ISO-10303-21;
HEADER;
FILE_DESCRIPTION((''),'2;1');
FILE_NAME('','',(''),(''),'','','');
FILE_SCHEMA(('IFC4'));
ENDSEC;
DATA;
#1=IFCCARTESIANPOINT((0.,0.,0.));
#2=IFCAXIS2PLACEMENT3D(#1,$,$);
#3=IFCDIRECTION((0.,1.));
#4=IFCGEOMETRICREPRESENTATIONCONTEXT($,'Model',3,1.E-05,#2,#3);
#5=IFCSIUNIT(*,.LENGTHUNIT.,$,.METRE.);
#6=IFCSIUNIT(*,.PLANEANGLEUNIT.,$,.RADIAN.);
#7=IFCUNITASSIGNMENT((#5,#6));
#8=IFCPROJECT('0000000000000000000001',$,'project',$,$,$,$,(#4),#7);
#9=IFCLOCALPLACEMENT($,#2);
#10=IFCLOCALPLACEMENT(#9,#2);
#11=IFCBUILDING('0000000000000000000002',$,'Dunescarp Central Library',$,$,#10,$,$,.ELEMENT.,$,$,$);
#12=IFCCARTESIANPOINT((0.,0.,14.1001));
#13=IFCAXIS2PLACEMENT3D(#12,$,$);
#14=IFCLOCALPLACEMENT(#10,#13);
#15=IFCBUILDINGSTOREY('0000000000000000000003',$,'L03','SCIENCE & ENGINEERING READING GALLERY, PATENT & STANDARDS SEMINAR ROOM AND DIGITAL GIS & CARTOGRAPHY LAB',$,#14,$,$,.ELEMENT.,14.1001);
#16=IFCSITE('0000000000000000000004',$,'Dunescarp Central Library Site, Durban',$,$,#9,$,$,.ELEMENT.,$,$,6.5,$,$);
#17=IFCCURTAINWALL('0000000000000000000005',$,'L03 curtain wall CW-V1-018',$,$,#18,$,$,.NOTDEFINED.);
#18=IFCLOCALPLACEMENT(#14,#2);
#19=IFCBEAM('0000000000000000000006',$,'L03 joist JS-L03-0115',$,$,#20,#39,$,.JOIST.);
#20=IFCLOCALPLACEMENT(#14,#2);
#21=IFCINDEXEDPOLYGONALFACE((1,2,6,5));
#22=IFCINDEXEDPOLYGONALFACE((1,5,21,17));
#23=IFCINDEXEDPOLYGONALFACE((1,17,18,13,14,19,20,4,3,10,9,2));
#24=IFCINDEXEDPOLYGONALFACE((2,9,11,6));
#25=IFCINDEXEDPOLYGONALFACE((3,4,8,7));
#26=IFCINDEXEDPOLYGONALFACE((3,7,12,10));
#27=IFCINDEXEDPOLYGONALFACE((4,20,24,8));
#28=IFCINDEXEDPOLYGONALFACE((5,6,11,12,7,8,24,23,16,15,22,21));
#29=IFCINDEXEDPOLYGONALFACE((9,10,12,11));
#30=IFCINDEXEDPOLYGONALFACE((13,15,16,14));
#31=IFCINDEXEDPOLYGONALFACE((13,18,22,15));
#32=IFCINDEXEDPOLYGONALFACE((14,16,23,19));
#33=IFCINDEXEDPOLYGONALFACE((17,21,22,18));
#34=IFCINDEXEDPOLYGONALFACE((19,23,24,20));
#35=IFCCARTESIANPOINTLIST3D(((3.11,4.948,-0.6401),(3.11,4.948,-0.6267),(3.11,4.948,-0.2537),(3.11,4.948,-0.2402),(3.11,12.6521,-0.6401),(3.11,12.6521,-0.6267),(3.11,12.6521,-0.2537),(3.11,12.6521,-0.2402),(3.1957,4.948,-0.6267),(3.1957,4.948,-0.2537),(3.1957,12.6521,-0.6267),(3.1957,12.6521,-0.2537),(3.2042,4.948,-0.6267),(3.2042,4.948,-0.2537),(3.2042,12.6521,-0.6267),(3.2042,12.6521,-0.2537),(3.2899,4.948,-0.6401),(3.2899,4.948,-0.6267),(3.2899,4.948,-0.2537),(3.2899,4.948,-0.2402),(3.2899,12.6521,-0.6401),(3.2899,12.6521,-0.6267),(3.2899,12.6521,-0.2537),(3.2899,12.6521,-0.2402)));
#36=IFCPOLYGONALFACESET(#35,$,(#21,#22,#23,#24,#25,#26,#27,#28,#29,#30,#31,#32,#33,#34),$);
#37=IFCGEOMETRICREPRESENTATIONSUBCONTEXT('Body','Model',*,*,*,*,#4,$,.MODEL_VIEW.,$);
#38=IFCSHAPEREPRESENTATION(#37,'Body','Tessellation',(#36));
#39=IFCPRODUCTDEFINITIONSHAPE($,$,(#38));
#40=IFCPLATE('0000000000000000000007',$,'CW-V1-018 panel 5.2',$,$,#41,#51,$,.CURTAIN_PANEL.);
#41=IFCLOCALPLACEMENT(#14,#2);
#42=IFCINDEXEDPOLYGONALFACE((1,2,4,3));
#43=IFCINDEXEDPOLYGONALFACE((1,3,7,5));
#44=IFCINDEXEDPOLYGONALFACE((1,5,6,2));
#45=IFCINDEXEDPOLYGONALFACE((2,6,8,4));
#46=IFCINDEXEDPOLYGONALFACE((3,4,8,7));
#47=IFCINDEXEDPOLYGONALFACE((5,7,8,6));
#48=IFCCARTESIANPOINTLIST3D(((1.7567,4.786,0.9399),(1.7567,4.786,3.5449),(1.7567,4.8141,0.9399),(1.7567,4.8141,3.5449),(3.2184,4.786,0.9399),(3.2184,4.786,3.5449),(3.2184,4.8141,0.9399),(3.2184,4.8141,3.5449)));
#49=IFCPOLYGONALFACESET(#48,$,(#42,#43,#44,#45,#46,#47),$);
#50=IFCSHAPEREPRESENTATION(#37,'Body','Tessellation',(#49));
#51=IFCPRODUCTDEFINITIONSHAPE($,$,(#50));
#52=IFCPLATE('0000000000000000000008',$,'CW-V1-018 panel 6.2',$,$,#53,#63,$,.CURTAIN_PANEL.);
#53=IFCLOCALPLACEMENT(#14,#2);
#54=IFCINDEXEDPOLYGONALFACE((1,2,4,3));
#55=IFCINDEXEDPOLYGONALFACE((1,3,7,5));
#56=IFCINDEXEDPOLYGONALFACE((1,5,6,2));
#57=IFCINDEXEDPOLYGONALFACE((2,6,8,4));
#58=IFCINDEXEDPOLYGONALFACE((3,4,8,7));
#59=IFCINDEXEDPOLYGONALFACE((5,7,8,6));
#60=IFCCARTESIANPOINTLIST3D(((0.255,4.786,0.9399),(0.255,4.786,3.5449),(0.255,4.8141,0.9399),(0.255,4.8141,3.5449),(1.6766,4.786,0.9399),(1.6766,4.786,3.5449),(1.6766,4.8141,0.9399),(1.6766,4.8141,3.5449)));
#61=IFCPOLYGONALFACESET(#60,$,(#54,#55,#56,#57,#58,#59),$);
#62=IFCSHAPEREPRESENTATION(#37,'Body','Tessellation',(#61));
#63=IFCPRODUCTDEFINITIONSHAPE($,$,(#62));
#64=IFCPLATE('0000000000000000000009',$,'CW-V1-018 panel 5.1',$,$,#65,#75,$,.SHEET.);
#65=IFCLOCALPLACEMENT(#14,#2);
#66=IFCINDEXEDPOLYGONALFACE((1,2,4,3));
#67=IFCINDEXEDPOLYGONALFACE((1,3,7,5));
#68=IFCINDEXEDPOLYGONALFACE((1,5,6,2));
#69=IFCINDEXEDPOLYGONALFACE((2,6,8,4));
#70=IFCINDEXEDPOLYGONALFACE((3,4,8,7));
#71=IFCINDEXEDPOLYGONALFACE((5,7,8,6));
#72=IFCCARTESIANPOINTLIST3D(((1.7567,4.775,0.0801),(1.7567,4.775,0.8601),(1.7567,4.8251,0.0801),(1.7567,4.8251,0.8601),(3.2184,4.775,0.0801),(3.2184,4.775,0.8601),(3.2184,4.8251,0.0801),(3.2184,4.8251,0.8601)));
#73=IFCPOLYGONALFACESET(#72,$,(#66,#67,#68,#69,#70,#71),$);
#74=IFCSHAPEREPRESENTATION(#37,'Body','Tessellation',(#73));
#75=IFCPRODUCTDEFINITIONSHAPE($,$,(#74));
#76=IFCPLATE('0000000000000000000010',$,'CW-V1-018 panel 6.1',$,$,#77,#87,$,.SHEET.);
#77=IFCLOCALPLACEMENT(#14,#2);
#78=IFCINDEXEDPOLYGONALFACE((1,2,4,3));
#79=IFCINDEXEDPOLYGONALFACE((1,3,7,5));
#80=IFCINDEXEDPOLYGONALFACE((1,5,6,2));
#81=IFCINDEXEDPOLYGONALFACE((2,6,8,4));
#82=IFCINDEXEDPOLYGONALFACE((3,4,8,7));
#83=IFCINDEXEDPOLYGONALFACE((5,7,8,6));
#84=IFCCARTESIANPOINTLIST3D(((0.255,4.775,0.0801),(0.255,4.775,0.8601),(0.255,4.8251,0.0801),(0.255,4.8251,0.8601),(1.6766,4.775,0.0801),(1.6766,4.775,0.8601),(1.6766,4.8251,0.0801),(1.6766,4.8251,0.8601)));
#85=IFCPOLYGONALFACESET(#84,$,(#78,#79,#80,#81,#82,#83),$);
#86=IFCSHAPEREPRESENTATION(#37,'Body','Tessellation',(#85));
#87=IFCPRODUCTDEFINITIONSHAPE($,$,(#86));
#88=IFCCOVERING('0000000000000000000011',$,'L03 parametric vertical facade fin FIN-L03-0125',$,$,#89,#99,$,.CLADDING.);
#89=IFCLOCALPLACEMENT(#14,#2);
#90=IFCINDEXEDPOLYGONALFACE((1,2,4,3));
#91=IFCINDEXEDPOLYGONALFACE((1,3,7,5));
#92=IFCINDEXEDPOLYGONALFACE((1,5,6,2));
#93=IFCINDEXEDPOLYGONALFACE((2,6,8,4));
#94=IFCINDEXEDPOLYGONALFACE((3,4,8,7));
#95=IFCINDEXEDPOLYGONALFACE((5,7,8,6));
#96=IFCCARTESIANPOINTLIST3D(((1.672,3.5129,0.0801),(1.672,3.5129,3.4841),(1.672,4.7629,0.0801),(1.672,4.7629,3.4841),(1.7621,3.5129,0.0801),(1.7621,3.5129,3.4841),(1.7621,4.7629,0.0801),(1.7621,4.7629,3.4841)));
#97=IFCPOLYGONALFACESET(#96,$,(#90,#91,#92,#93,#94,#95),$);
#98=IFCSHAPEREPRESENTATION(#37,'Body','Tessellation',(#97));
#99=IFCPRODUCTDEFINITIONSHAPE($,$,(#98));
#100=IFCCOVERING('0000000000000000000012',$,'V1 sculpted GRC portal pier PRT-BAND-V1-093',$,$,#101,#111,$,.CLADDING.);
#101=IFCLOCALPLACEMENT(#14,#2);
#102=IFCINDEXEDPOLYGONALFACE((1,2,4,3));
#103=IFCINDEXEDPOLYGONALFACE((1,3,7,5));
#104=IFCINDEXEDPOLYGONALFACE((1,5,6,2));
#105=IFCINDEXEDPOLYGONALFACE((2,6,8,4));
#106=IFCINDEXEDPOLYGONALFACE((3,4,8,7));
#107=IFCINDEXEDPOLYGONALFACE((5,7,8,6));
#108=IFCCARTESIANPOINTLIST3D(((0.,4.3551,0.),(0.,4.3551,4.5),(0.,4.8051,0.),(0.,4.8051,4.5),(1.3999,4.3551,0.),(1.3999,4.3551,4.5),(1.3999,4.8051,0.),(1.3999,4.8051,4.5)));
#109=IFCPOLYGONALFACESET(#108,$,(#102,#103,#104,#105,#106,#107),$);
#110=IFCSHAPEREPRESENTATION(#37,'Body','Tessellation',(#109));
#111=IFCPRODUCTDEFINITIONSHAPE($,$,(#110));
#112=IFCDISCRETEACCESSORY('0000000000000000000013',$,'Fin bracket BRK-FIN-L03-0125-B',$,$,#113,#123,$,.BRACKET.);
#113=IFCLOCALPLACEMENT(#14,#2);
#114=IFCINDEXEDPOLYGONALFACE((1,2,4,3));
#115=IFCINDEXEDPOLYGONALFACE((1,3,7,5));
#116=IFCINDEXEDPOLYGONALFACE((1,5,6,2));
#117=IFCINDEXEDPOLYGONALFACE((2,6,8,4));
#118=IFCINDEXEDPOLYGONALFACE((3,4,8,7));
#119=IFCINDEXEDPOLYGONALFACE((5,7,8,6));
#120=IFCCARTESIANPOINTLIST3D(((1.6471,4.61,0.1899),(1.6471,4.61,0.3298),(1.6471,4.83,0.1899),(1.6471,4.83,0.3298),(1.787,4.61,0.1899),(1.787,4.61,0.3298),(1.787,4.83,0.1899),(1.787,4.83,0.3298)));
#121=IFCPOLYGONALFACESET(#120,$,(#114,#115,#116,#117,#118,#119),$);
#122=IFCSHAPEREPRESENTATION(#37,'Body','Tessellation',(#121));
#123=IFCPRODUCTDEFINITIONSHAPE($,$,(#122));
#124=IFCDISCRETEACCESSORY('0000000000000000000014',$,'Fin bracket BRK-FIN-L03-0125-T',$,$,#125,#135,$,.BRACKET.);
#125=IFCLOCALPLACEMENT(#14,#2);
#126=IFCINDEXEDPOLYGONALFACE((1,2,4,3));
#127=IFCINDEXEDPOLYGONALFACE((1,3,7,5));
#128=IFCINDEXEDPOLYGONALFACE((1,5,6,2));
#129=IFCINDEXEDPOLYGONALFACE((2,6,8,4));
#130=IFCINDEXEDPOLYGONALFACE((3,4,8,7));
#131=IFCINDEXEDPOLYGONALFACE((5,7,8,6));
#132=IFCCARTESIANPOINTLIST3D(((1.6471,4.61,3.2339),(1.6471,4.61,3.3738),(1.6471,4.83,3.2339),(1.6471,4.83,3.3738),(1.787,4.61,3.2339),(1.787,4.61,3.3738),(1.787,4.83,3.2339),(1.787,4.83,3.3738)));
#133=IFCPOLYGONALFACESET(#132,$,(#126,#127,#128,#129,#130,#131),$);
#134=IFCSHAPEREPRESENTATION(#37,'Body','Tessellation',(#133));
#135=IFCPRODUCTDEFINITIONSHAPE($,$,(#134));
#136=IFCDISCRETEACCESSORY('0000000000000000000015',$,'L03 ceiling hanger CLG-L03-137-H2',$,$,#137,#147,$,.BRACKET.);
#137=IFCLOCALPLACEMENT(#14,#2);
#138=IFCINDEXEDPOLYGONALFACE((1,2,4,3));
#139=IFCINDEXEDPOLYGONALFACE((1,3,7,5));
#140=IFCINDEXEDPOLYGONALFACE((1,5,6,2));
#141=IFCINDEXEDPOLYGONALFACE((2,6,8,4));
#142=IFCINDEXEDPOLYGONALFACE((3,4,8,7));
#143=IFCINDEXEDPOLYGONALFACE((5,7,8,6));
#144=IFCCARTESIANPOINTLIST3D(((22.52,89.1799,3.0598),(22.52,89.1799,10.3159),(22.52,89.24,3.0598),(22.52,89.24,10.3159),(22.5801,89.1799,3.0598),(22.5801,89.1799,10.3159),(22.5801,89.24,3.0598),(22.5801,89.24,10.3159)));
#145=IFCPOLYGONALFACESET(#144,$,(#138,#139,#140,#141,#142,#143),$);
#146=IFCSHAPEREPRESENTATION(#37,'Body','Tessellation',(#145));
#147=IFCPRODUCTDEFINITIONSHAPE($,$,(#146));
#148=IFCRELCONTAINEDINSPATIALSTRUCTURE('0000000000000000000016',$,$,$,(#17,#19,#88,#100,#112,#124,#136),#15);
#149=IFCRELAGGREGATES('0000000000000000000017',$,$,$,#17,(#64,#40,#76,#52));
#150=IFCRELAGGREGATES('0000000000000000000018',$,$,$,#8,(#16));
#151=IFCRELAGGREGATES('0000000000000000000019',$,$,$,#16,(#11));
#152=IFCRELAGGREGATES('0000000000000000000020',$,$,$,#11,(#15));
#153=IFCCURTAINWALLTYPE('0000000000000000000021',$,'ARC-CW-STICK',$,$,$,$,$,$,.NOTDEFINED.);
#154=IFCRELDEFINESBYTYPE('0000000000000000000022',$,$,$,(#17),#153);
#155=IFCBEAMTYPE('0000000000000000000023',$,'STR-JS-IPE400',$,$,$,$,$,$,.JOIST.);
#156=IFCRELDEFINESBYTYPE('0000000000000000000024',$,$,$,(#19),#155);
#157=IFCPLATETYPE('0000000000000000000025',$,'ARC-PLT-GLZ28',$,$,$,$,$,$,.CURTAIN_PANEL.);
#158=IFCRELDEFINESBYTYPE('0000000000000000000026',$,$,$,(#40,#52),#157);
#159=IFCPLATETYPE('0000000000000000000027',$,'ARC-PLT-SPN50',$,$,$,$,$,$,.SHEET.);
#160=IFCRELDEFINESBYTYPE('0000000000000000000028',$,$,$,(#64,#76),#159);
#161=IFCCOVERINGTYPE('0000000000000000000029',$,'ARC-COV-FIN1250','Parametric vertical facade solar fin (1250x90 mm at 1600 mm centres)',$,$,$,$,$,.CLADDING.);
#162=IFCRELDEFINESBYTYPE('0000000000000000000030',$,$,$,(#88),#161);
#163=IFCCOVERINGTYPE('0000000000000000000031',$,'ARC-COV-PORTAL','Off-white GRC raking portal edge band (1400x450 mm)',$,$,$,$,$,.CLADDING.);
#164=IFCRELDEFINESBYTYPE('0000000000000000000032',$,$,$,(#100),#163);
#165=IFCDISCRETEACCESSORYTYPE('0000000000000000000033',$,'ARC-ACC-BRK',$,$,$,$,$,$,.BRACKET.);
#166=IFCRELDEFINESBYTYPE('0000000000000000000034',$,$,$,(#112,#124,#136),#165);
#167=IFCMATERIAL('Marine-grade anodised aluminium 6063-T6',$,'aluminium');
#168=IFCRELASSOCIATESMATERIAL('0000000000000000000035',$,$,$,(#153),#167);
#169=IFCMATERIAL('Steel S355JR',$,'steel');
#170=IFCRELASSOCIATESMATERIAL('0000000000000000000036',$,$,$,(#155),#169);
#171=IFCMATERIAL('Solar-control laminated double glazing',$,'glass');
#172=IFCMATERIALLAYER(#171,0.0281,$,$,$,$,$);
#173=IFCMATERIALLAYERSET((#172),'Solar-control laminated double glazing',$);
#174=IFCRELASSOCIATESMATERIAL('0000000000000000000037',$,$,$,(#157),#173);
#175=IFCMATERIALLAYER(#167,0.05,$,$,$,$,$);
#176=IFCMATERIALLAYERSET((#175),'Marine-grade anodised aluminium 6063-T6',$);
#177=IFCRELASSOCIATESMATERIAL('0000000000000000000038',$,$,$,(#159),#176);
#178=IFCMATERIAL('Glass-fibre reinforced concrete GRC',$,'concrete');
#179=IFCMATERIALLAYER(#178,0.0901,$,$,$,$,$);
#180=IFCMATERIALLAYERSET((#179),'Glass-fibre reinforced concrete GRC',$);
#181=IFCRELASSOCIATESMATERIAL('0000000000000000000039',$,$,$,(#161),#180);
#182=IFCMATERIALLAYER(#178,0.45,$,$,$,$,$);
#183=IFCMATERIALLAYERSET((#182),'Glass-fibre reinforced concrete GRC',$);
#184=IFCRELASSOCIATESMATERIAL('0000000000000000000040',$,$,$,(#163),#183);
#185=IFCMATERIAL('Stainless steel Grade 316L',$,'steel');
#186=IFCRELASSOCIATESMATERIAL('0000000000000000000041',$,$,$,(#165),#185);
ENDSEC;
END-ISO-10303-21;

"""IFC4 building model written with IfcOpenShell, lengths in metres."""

from ifc_helpers import new_model, si_unit, direction, frame, origin, origin_2d, place, context, subcontext, project, spatial, polyline, rectangle, i_section, outline, extrude, material, layer, layer_set, material_profile, profile_set, type_object, element, aggregate, save


model = new_model("IFC4")

# Units and contexts
model_context = context("Model", 3, precision=1e-05, world=origin(), true_north=direction((0.0, 1.0)))
body_context = subcontext(model_context, "Body", "Model", "MODEL_VIEW")
ifc_project = project(units=[si_unit("LENGTHUNIT", "METRE"), si_unit("PLANEANGLEUNIT", "RADIAN")], contexts=[model_context])

# Site, building, storey
site_placement = place(None, origin())
site = spatial("IfcSite", under=ifc_project, at=site_placement, Name="Dunescarp Central Library Site, Durban", CompositionType="ELEMENT", RefElevation=6.5)
building_placement = place(site_placement, origin())
building = spatial("IfcBuilding", under=site, at=building_placement, Name="Dunescarp Central Library", CompositionType="ELEMENT")
storey_placement = place(building_placement, frame((0.0, 0.0, 14.1001)))
storey = spatial("IfcBuildingStorey", under=building, at=storey_placement, Name="L03", Description="SCIENCE & ENGINEERING READING GALLERY, PATENT & STANDARDS SEMINAR ROOM AND DIGITAL GIS & CARTOGRAPHY LAB", CompositionType="ELEMENT", Elevation=14.1001)

# Shared definitions
ifc_material_1 = material(Name="Steel S355JR", Category="steel")

# Curtain wall
ifc_material_2 = material(Name="Marine-grade anodised aluminium 6063-T6", Category="aluminium")
curtain_wall_type = type_object("IfcCurtainWallType", Name="ARC-CW-STICK", PredefinedType="NOTDEFINED", material=ifc_material_2)
curtain_wall_1_placement = place(storey_placement, origin())
curtain_wall_1 = element("IfcCurtainWall", 1, at=curtain_wall_1_placement, inside=storey, type_object=curtain_wall_type, Name="L03 curtain wall CW-V1-018", PredefinedType="NOTDEFINED")

# Beam
ifc_material_profile_1 = material_profile(ifc_material_1, i_section(OverallWidth=0.1799, OverallDepth=0.3999, WebThickness=0.0085, FlangeThickness=0.0134, at=origin_2d()), Name="IPE 400")
ifc_profile_set_1 = profile_set([ifc_material_profile_1], Name="Steel S355JR")
beam_type_1 = type_object("IfcBeamType", Name="STR-JS-IPE400", PredefinedType="JOIST", material=ifc_profile_set_1)
beam_1_placement = place(storey_placement, frame((3.2, 4.948, -0.4402), z_axis=(0.0, 1.0, 0.0), x_axis=(-1.0, 0.0, 0.0)))
element("IfcBeam", 2, at=beam_1_placement, inside=storey, type_object=beam_type_1, Name="L03 joist JS-L03-0115", PredefinedType="JOIST", context=body_context, shape_type="SweptSolid", body=[
    extrude(i_section(OverallWidth=0.1799, OverallDepth=0.3999, WebThickness=0.0085, FlangeThickness=0.0134, at=origin_2d()), origin(), (0.0, 0.0, 1.0), 7.7041),
])

# Plates
ifc_material_3 = material(Name="Solar-control laminated double glazing", Category="glass")
ifc_layer_1 = layer(ifc_material_3, 0.0281)
ifc_layer_set_1 = layer_set([ifc_layer_1], Name="Solar-control laminated double glazing")
plate_type_1 = type_object("IfcPlateType", Name="ARC-PLT-GLZ28", PredefinedType="CURTAIN_PANEL", material=ifc_layer_set_1)
plate_1_placement = place(storey_placement, frame((2.4875, 4.8, 0.9399), z_axis=(0.0, 0.0, 1.0), x_axis=(-1.0, 0.0, 0.0)))
plate_1 = element("IfcPlate", 3, at=plate_1_placement, type_object=plate_type_1, Name="CW-V1-018 panel 5.2", PredefinedType="CURTAIN_PANEL", context=body_context, shape_type="SweptSolid", body=[
    extrude(rectangle(XDim=1.4617, YDim=0.0281, at=origin_2d()), origin(), (0.0, 0.0, 1.0), 2.605),
])
plate_2_placement = place(storey_placement, frame((0.9658, 4.8, 0.9399), z_axis=(0.0, 0.0, 1.0), x_axis=(-1.0, 0.0, 0.0)))
plate_2 = element("IfcPlate", 4, at=plate_2_placement, type_object=plate_type_1, Name="CW-V1-018 panel 6.2", PredefinedType="CURTAIN_PANEL", context=body_context, shape_type="SweptSolid", body=[
    extrude(rectangle(XDim=1.4216, YDim=0.0281, at=origin_2d()), origin(), (0.0, 0.0, 1.0), 2.605),
])
ifc_layer_2 = layer(ifc_material_2, 0.05)
ifc_layer_set_2 = layer_set([ifc_layer_2], Name="Marine-grade anodised aluminium 6063-T6")
plate_type_2 = type_object("IfcPlateType", Name="ARC-PLT-SPN50", PredefinedType="SHEET", material=ifc_layer_set_2)
plate_3_placement = place(storey_placement, frame((2.4875, 4.8, 0.0801), z_axis=(0.0, 0.0, 1.0), x_axis=(-1.0, 0.0, 0.0)))
plate_3 = element("IfcPlate", 5, at=plate_3_placement, type_object=plate_type_2, Name="CW-V1-018 panel 5.1", PredefinedType="SHEET", context=body_context, shape_type="SweptSolid", body=[
    extrude(rectangle(XDim=1.4617, YDim=0.05, at=origin_2d()), origin(), (0.0, 0.0, 1.0), 0.78),
])
plate_4_placement = place(storey_placement, frame((0.9658, 4.8, 0.0801), z_axis=(0.0, 0.0, 1.0), x_axis=(-1.0, 0.0, 0.0)))
plate_4 = element("IfcPlate", 6, at=plate_4_placement, type_object=plate_type_2, Name="CW-V1-018 panel 6.1", PredefinedType="SHEET", context=body_context, shape_type="SweptSolid", body=[
    extrude(rectangle(XDim=1.4216, YDim=0.05, at=origin_2d()), origin(), (0.0, 0.0, 1.0), 0.78),
])
aggregate(curtain_wall_1, [plate_3, plate_1, plate_4, plate_2])

# Coverings
ifc_material_4 = material(Name="Glass-fibre reinforced concrete GRC", Category="concrete")
ifc_layer_3 = layer(ifc_material_4, 0.0901)
ifc_layer_set_3 = layer_set([ifc_layer_3], Name="Glass-fibre reinforced concrete GRC")
covering_type_1 = type_object("IfcCoveringType", Name="ARC-COV-FIN1250", Description="Parametric vertical facade solar fin (1250x90 mm at 1600 mm centres)", PredefinedType="CLADDING", material=ifc_layer_set_3)
covering_1_placement = place(storey_placement, frame((1.717, 4.1379, 0.0801), z_axis=(0.0, 0.0, 1.0), x_axis=(0.0, -1.0, 0.0)))
element("IfcCovering", 7, at=covering_1_placement, inside=storey, type_object=covering_type_1, Name="L03 parametric vertical facade fin FIN-L03-0125", PredefinedType="CLADDING", context=body_context, shape_type="SweptSolid", body=[
    extrude(rectangle(XDim=1.25, YDim=0.0901, at=origin_2d()), origin(), (0.0, 0.0, 1.0), 3.4041),
])
ifc_layer_4 = layer(ifc_material_4, 0.45)
ifc_layer_set_4 = layer_set([ifc_layer_4], Name="Glass-fibre reinforced concrete GRC")
covering_type_2 = type_object("IfcCoveringType", Name="ARC-COV-PORTAL", Description="Off-white GRC raking portal edge band (1400x450 mm)", PredefinedType="CLADDING", material=ifc_layer_set_4)
covering_2_placement = place(storey_placement, frame((0.7, 4.5801, 0.0), z_axis=(0.0, 0.0, 1.0), x_axis=(1.0, 0.0, 0.0)))
element("IfcCovering", 8, at=covering_2_placement, inside=storey, type_object=covering_type_2, Name="V1 sculpted GRC portal pier PRT-BAND-V1-093", PredefinedType="CLADDING", context=body_context, shape_type="SweptSolid", body=[
    extrude(rectangle(XDim=1.3999, YDim=0.45, at=origin_2d()), origin(), (0.0, 0.0, 1.0), 4.5),
])

# Discrete accessories
ifc_material_5 = material(Name="Stainless steel Grade 316L", Category="steel")
discrete_accessory_type = type_object("IfcDiscreteAccessoryType", Name="ARC-ACC-BRK", PredefinedType="BRACKET", material=ifc_material_5)
for number, where, z_axis, x_axis, name in (
    (9, (1.717, 4.72, 0.1899), (0.0, 0.0, 1.0), (0.0, -1.0, 0.0), "Fin bracket BRK-FIN-L03-0125-B"),
    (10, (1.717, 4.72, 3.2339), (0.0, 0.0, 1.0), (0.0, -1.0, 0.0), "Fin bracket BRK-FIN-L03-0125-T"),
):
    element("IfcDiscreteAccessory", number, at=place(storey_placement, frame(where, z_axis=z_axis, x_axis=x_axis)), inside=storey, type_object=discrete_accessory_type, Name=name, PredefinedType="BRACKET", context=body_context, shape_type="SweptSolid", body=[
        extrude(rectangle(XDim=0.22, YDim=0.1399, at=origin_2d()), origin(), (0.0, 0.0, 1.0), 0.1399),
    ])
discrete_accessory_placement = place(storey_placement, frame((0.0, 0.0, 3.0598)))
element("IfcDiscreteAccessory", 11, at=discrete_accessory_placement, inside=storey, type_object=discrete_accessory_type, Name="L03 ceiling hanger CLG-L03-137-H2", PredefinedType="BRACKET", context=body_context, shape_type="SweptSolid", body=[
    extrude(outline(polyline([(22.52, 89.1799), (22.5801, 89.1799), (22.5801, 89.24), (22.52, 89.24), (22.52, 89.1799)])), origin(), (0.0, 0.0, 1.0), 7.2561),
])

save(model, "model.ifc")
